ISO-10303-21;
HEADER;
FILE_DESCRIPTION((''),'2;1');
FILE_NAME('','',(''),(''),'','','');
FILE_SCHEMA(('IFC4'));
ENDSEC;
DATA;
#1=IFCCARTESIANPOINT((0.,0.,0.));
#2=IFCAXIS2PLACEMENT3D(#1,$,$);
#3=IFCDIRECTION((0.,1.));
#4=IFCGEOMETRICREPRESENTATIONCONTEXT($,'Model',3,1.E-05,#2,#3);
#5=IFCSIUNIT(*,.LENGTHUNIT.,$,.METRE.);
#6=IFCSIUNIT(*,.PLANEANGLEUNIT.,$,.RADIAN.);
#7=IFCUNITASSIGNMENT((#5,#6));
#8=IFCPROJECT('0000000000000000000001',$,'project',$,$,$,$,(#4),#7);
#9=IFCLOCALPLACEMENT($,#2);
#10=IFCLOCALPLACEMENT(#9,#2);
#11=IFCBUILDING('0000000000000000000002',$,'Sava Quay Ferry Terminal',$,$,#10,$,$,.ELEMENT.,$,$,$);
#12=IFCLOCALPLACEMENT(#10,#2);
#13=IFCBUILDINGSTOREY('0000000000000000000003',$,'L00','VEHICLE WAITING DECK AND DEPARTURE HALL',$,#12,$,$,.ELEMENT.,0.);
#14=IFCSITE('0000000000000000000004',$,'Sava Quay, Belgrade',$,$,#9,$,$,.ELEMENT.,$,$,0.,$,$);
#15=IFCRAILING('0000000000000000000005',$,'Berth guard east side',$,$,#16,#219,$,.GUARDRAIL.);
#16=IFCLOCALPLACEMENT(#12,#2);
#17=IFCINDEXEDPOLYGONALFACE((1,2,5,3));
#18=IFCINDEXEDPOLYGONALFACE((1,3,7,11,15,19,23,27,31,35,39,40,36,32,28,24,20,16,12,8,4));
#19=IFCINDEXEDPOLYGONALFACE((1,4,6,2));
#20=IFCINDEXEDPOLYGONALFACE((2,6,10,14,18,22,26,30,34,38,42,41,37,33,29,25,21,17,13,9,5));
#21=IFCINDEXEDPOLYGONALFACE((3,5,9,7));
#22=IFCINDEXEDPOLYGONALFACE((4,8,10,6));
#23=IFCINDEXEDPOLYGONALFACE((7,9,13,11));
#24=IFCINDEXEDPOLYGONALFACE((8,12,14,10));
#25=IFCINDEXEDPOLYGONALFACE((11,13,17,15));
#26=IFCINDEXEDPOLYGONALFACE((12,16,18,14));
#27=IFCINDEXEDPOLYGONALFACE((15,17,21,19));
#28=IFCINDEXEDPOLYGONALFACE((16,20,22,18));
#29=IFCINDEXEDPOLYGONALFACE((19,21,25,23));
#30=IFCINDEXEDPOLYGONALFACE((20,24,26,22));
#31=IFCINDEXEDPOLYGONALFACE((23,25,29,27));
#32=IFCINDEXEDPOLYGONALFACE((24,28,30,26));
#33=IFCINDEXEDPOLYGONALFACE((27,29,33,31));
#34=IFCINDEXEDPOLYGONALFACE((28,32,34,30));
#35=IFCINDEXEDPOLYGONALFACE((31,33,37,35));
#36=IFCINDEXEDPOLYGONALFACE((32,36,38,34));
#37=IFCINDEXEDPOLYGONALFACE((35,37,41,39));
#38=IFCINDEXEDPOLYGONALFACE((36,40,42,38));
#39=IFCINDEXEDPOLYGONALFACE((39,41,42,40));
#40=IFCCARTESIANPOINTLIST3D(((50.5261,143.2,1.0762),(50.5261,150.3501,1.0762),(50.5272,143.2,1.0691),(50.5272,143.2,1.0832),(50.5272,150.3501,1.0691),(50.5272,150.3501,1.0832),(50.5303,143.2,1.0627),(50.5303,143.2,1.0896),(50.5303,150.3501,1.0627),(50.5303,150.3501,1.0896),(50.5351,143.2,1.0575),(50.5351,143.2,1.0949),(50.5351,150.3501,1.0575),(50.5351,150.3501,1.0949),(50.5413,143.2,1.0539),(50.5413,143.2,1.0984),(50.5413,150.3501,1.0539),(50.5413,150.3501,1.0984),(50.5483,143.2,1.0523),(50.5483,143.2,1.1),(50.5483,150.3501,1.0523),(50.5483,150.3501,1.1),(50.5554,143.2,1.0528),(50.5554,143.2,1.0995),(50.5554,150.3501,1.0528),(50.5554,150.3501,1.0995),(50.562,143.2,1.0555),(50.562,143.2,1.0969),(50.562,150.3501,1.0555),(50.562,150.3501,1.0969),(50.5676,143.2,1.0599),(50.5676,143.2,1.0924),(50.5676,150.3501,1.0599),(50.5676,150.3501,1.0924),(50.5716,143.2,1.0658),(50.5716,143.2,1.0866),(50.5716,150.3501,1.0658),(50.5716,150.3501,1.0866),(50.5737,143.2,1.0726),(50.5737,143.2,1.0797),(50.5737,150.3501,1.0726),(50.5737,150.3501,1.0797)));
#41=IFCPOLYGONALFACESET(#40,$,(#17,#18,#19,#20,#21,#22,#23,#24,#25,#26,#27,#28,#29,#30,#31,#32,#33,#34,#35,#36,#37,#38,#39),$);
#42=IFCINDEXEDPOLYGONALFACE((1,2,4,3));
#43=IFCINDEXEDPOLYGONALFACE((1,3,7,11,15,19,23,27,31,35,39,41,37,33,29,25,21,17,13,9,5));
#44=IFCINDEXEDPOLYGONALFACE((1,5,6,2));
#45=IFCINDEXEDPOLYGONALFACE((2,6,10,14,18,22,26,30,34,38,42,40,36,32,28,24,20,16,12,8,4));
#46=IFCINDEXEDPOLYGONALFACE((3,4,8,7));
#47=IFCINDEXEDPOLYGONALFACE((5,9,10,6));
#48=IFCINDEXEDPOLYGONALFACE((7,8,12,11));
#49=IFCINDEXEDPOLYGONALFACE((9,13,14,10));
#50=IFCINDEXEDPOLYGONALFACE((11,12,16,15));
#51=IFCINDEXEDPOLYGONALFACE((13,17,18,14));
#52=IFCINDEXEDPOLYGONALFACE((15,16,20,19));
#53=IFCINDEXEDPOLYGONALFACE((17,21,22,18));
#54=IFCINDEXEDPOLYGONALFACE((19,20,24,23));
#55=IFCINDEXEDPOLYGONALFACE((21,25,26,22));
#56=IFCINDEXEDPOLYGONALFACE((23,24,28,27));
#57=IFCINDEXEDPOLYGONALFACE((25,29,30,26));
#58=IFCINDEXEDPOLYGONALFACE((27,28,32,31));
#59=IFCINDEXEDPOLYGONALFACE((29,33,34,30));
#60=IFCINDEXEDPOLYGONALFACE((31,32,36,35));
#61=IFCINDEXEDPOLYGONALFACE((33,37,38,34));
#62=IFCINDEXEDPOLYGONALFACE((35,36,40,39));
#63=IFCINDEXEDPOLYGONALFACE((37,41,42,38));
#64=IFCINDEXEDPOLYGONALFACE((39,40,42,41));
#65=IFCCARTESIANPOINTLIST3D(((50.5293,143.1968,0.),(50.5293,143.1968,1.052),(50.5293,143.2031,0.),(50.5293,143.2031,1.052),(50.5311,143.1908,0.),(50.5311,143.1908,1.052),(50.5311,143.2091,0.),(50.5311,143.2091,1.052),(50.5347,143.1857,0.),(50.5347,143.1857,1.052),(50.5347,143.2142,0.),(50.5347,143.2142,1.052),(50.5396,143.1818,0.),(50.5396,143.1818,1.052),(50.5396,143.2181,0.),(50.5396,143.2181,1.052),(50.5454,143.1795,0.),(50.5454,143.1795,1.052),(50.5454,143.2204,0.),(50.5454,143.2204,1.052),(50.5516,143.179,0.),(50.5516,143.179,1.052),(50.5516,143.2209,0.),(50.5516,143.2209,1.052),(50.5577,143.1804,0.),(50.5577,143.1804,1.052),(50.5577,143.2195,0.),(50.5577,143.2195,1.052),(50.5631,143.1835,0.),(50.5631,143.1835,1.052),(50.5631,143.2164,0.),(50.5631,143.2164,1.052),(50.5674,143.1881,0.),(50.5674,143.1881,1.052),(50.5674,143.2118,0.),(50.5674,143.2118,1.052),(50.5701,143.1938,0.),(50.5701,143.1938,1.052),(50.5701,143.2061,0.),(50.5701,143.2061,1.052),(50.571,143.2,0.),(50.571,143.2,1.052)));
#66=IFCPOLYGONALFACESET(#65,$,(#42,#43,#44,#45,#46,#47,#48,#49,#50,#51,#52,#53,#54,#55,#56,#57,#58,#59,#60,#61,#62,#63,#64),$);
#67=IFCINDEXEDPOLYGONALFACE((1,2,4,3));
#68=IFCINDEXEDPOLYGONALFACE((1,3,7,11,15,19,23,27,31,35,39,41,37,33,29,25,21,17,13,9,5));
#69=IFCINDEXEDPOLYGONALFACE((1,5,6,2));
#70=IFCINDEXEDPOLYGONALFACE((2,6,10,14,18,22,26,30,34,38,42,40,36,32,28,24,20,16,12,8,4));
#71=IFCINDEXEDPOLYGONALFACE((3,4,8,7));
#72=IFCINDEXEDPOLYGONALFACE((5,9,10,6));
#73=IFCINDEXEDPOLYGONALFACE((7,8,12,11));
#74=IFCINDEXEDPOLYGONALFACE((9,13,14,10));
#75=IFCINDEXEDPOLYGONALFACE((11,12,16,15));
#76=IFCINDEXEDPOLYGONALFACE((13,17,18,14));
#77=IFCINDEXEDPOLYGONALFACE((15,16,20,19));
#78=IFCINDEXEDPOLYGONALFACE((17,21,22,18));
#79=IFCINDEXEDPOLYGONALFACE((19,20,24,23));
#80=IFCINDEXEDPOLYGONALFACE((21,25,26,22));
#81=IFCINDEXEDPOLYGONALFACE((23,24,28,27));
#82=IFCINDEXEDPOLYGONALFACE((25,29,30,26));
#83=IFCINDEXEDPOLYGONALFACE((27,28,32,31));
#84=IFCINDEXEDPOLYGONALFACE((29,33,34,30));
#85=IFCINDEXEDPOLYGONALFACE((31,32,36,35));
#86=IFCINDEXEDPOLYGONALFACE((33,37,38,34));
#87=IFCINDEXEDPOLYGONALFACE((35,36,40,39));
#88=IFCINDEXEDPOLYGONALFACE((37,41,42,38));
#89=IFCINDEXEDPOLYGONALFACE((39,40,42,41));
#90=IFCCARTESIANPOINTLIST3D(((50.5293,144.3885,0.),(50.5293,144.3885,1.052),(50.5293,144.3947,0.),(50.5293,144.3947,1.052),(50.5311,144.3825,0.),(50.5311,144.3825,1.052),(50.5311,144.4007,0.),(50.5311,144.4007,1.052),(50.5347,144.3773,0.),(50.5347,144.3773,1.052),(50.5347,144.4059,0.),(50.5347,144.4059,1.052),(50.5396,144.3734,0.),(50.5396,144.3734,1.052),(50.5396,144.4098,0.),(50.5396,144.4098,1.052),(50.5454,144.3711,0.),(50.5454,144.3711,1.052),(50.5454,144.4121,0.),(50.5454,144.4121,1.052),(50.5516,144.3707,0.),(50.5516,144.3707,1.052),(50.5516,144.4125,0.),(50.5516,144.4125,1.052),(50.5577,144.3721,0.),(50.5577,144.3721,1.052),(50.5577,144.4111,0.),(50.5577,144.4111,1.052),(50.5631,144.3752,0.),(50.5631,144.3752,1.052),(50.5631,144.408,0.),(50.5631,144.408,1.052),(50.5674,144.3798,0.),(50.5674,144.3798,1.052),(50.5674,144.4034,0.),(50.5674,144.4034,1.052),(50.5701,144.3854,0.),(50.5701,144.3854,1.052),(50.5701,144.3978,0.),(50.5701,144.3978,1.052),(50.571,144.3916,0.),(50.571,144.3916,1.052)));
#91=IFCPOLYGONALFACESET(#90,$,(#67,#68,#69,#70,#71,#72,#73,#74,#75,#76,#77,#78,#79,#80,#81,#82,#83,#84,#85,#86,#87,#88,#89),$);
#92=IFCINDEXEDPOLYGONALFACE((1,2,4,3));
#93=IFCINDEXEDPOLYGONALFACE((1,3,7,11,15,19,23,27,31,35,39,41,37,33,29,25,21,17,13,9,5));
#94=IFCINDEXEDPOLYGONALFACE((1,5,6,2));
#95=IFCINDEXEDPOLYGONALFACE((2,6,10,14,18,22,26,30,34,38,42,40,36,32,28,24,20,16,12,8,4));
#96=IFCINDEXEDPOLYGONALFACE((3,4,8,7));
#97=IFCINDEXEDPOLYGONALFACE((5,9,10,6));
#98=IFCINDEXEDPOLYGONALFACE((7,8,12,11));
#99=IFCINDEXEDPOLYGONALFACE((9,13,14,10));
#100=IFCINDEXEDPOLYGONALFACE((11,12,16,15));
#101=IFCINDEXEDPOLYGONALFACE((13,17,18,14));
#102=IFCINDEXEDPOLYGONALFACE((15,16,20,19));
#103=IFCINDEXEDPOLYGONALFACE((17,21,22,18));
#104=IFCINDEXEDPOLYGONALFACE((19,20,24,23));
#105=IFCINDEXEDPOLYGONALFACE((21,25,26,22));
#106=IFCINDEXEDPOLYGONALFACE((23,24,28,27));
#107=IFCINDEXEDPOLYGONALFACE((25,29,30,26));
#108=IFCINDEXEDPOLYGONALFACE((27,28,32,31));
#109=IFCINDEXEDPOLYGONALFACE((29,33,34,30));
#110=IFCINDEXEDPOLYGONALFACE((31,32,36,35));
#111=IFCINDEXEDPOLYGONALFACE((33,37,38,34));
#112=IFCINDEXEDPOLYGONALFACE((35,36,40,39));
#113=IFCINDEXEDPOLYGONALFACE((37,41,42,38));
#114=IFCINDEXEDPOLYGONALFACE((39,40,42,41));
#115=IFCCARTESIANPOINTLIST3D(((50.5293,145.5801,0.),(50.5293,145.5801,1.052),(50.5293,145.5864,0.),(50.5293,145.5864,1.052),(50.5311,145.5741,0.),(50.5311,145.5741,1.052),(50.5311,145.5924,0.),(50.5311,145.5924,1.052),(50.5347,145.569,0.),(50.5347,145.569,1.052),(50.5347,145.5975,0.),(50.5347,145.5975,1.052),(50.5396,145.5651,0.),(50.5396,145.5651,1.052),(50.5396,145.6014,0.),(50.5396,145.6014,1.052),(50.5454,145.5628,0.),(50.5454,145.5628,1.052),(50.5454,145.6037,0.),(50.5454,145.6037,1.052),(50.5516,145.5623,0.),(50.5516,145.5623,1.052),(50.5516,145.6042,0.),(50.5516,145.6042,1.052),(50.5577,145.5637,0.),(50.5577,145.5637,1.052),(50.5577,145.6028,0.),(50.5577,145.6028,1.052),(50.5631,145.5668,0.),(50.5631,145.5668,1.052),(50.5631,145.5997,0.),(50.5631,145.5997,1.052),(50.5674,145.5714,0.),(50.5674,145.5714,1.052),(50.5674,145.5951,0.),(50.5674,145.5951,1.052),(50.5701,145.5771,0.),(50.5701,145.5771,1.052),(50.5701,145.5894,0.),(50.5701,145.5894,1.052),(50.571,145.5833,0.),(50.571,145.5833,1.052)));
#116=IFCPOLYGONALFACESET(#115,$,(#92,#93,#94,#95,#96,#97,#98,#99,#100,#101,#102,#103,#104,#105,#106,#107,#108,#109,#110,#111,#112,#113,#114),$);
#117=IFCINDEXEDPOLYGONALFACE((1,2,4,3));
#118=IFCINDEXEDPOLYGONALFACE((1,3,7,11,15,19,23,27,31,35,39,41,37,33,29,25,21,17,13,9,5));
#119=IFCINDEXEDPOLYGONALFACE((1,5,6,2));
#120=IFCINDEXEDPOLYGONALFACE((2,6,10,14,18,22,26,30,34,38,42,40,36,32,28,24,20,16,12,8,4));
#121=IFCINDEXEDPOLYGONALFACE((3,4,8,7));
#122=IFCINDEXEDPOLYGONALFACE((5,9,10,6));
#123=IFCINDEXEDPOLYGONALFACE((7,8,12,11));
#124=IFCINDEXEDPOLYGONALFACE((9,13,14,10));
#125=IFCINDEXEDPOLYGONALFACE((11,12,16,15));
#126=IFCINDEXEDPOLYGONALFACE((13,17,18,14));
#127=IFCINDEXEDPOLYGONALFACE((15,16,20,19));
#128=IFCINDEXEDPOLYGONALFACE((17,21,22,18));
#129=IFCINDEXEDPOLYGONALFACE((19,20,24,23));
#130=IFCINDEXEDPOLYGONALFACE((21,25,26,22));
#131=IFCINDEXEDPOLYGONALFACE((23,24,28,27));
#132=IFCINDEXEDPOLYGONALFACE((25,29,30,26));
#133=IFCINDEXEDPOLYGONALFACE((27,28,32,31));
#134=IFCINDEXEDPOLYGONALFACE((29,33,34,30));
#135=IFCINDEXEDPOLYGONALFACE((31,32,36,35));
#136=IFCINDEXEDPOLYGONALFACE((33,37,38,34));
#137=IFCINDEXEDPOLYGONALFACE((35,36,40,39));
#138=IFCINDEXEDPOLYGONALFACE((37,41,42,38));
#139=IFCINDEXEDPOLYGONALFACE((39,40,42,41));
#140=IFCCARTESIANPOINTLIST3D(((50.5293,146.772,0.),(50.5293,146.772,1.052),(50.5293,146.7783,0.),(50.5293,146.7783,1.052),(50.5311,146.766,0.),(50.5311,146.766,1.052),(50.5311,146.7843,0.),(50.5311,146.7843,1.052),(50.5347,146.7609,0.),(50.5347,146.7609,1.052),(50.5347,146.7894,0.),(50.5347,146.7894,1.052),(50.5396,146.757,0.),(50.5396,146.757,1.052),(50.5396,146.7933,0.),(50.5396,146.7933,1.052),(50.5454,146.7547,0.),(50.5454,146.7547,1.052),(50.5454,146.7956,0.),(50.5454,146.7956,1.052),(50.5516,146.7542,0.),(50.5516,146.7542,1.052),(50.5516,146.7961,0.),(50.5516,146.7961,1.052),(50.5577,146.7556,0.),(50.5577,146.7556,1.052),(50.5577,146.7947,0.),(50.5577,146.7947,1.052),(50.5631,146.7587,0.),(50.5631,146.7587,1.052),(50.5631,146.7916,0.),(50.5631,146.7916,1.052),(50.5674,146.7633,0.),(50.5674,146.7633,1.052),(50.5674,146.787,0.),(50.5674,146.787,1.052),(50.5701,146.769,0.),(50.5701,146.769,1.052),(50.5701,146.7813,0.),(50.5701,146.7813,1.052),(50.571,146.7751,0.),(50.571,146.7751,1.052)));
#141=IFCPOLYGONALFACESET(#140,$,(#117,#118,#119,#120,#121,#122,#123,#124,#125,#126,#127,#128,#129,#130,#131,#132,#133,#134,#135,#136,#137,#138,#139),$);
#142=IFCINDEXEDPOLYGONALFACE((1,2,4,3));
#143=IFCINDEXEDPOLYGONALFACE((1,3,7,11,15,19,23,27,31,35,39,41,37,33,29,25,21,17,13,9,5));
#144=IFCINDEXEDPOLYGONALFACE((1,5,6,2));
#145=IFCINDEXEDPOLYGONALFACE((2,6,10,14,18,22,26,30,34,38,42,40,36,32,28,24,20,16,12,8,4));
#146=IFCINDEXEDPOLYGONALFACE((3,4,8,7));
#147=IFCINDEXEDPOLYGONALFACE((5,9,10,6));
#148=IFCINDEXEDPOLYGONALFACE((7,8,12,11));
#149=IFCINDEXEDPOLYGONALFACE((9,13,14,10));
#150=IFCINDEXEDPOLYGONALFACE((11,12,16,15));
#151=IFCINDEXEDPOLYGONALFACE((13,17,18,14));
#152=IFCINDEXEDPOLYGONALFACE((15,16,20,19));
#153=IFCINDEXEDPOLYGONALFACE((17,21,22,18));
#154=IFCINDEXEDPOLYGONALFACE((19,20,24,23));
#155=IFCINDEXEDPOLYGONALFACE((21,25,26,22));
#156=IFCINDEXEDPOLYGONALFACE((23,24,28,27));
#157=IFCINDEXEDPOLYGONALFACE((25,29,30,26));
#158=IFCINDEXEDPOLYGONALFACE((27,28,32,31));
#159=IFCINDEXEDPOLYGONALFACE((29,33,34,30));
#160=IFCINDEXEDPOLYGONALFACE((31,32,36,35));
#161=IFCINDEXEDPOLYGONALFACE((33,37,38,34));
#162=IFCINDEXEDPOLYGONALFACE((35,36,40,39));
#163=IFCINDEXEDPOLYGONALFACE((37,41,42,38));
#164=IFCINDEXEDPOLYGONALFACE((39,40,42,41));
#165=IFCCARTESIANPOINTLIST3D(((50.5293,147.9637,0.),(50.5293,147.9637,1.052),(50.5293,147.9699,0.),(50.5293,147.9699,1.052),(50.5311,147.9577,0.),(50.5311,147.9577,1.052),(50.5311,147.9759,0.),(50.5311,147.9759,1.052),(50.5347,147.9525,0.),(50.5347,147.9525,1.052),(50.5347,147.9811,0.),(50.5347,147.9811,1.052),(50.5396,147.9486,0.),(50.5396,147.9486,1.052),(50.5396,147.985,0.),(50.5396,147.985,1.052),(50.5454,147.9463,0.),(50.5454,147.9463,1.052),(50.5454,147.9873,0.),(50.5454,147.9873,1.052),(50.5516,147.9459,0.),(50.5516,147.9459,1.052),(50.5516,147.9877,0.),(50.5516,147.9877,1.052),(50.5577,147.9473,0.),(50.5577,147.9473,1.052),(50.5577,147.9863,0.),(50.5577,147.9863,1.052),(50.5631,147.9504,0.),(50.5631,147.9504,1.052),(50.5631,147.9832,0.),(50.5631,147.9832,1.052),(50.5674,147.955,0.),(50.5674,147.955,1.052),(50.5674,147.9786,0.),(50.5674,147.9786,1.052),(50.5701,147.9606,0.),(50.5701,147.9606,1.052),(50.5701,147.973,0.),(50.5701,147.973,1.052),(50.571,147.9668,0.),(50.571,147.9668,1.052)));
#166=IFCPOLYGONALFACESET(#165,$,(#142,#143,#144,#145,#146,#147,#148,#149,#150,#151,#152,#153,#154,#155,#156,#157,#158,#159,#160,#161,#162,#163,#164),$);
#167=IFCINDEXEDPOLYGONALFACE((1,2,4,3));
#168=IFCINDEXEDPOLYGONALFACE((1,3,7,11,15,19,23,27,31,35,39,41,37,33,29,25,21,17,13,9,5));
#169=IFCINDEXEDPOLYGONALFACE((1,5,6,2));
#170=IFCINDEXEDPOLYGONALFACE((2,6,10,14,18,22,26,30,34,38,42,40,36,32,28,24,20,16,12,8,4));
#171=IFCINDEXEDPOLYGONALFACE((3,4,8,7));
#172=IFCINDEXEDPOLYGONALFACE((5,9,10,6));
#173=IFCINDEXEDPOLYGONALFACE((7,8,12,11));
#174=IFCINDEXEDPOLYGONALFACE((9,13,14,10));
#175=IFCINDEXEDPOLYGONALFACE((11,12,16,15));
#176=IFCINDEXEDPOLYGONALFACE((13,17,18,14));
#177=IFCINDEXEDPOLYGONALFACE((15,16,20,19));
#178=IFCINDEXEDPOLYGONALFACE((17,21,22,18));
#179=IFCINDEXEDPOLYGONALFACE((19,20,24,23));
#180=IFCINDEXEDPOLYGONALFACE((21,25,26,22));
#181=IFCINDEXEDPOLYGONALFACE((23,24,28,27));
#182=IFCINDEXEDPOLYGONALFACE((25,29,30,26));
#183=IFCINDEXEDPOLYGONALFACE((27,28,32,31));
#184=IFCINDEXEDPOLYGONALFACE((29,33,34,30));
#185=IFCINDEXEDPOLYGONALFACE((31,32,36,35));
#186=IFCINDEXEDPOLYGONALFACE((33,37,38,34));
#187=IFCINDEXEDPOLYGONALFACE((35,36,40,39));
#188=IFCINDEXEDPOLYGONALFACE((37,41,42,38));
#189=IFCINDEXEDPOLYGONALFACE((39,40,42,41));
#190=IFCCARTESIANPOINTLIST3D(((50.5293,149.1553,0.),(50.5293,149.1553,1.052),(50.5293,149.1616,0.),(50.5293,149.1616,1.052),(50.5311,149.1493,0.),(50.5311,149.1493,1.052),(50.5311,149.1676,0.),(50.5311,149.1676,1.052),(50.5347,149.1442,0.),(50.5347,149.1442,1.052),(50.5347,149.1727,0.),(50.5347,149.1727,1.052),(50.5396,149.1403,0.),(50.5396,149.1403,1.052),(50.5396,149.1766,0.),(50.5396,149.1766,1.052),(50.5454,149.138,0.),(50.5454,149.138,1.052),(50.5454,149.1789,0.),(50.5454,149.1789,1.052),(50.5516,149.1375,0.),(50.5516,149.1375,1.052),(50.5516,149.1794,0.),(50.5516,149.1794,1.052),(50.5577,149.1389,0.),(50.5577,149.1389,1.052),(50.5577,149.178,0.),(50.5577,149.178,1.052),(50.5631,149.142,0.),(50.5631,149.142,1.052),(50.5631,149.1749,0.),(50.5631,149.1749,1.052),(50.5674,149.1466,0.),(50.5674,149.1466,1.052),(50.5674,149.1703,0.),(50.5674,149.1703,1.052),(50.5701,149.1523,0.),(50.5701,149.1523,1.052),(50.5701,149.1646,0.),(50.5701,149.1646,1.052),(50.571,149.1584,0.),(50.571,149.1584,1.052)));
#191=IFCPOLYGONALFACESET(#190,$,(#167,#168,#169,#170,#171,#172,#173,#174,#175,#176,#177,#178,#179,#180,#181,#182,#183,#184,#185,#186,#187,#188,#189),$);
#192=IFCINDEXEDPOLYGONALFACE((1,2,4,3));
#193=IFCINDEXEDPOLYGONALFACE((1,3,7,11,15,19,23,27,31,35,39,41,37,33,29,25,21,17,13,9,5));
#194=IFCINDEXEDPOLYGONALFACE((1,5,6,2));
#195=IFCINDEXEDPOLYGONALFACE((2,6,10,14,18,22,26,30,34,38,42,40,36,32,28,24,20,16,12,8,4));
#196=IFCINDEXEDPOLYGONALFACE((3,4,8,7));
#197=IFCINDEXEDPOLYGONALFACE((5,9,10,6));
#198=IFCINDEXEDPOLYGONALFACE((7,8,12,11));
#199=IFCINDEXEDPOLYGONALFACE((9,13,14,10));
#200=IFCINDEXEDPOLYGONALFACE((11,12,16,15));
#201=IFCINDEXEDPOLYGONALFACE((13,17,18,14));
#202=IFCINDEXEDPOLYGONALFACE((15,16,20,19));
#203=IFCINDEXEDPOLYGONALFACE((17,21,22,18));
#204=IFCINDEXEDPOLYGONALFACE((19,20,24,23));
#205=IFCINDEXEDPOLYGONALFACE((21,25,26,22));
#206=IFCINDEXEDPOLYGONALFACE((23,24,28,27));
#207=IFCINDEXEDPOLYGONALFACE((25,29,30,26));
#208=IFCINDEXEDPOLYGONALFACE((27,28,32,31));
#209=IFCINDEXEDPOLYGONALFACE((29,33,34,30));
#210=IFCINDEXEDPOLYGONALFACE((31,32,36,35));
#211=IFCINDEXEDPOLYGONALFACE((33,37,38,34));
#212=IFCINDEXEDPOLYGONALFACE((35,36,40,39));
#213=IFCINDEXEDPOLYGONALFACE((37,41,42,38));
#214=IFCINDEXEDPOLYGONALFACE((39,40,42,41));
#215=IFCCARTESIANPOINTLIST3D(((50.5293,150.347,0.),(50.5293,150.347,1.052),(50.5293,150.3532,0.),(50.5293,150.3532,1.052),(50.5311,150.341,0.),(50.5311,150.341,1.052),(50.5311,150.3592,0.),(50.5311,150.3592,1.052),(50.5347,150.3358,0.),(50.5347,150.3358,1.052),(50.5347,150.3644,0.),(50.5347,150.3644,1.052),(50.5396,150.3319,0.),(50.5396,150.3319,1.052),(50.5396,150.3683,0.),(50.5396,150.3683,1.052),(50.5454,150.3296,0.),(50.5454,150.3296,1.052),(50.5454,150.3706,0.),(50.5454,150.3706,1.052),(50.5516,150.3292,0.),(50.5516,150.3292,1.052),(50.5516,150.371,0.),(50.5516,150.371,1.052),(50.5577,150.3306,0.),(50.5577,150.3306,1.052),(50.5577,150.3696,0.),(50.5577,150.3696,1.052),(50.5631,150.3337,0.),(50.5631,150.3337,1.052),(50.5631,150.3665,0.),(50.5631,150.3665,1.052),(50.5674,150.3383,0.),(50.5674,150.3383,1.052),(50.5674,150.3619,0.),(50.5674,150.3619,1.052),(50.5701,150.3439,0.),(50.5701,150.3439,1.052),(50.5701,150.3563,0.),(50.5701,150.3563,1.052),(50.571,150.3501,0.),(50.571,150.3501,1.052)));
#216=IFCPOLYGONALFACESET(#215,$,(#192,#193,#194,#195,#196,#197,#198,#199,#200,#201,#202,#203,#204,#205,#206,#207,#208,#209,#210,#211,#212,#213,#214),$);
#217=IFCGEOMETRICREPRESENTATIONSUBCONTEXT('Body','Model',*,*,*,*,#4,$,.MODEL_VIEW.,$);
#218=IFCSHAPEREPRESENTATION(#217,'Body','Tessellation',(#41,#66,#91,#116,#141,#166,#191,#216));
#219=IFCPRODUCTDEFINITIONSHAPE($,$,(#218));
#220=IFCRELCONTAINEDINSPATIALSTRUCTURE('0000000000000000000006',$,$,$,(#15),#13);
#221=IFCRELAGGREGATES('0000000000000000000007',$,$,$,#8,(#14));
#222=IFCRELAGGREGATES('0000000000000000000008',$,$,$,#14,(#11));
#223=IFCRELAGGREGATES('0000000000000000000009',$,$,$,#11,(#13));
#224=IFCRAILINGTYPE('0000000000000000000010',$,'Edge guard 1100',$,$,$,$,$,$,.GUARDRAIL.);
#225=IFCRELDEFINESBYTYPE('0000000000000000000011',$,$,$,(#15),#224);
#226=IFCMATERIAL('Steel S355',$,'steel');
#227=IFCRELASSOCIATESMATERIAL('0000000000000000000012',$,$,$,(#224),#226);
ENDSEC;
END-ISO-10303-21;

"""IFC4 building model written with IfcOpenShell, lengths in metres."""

from ifc_helpers import new_model, si_unit, direction, frame, origin, origin_2d, place, context, subcontext, project, spatial, circle, extrude, material, type_object, element, save


model = new_model("IFC4")

# Units and contexts
model_context = context("Model", 3, precision=1e-05, world=origin(), true_north=direction((0.0, 1.0)))
body_context = subcontext(model_context, "Body", "Model", "MODEL_VIEW")
ifc_project = project(units=[si_unit("LENGTHUNIT", "METRE"), si_unit("PLANEANGLEUNIT", "RADIAN")], contexts=[model_context])

# Site, building, storey
site_placement = place(None, origin())
site = spatial("IfcSite", under=ifc_project, at=site_placement, Name="Sava Quay, Belgrade", CompositionType="ELEMENT", RefElevation=0.0)
building_placement = place(site_placement, origin())
building = spatial("IfcBuilding", under=site, at=building_placement, Name="Sava Quay Ferry Terminal", CompositionType="ELEMENT")
storey_placement = place(building_placement, origin())
storey = spatial("IfcBuildingStorey", under=building, at=storey_placement, Name="L00", Description="VEHICLE WAITING DECK AND DEPARTURE HALL", CompositionType="ELEMENT", Elevation=0.0)

# Railing
ifc_material_1 = material(Name="Steel S355", Category="steel")
railing_type = type_object("IfcRailingType", Name="Edge guard 1100", PredefinedType="GUARDRAIL", material=ifc_material_1)
railing_1_placement = place(storey_placement, frame((50.55, 143.2, 0.0)))
element("IfcRailing", 1, at=railing_1_placement, inside=storey, type_object=railing_type, Name="Berth guard east side", PredefinedType="GUARDRAIL", context=body_context, shape_type="SweptSolid", body=[
    extrude(circle(Radius=0.0239, at=origin_2d()), frame((0.0, 0.0, 1.0762), z_axis=(0.0, 1.0, 0.0), x_axis=(-1.0, 0.0, 0.0)), (0.0, 0.0, 1.0), 7.1501),
    extrude(circle(Radius=0.021, at=origin_2d()), origin(), (0.0, 0.0, 1.0), 1.052),
    extrude(circle(Radius=0.021, at=origin_2d()), frame((0.0, 1.1917, 0.0)), (0.0, 0.0, 1.0), 1.052),
    extrude(circle(Radius=0.021, at=origin_2d()), frame((0.0, 2.3833, 0.0)), (0.0, 0.0, 1.0), 1.052),
    extrude(circle(Radius=0.021, at=origin_2d()), frame((0.0, 3.5752, 0.0)), (0.0, 0.0, 1.0), 1.052),
    extrude(circle(Radius=0.021, at=origin_2d()), frame((0.0, 4.7668, 0.0)), (0.0, 0.0, 1.0), 1.052),
    extrude(circle(Radius=0.021, at=origin_2d()), frame((0.0, 5.9585, 0.0)), (0.0, 0.0, 1.0), 1.052),
    extrude(circle(Radius=0.021, at=origin_2d()), frame((0.0, 7.1501, 0.0)), (0.0, 0.0, 1.0), 1.052),
])

save(model, "model.ifc")
